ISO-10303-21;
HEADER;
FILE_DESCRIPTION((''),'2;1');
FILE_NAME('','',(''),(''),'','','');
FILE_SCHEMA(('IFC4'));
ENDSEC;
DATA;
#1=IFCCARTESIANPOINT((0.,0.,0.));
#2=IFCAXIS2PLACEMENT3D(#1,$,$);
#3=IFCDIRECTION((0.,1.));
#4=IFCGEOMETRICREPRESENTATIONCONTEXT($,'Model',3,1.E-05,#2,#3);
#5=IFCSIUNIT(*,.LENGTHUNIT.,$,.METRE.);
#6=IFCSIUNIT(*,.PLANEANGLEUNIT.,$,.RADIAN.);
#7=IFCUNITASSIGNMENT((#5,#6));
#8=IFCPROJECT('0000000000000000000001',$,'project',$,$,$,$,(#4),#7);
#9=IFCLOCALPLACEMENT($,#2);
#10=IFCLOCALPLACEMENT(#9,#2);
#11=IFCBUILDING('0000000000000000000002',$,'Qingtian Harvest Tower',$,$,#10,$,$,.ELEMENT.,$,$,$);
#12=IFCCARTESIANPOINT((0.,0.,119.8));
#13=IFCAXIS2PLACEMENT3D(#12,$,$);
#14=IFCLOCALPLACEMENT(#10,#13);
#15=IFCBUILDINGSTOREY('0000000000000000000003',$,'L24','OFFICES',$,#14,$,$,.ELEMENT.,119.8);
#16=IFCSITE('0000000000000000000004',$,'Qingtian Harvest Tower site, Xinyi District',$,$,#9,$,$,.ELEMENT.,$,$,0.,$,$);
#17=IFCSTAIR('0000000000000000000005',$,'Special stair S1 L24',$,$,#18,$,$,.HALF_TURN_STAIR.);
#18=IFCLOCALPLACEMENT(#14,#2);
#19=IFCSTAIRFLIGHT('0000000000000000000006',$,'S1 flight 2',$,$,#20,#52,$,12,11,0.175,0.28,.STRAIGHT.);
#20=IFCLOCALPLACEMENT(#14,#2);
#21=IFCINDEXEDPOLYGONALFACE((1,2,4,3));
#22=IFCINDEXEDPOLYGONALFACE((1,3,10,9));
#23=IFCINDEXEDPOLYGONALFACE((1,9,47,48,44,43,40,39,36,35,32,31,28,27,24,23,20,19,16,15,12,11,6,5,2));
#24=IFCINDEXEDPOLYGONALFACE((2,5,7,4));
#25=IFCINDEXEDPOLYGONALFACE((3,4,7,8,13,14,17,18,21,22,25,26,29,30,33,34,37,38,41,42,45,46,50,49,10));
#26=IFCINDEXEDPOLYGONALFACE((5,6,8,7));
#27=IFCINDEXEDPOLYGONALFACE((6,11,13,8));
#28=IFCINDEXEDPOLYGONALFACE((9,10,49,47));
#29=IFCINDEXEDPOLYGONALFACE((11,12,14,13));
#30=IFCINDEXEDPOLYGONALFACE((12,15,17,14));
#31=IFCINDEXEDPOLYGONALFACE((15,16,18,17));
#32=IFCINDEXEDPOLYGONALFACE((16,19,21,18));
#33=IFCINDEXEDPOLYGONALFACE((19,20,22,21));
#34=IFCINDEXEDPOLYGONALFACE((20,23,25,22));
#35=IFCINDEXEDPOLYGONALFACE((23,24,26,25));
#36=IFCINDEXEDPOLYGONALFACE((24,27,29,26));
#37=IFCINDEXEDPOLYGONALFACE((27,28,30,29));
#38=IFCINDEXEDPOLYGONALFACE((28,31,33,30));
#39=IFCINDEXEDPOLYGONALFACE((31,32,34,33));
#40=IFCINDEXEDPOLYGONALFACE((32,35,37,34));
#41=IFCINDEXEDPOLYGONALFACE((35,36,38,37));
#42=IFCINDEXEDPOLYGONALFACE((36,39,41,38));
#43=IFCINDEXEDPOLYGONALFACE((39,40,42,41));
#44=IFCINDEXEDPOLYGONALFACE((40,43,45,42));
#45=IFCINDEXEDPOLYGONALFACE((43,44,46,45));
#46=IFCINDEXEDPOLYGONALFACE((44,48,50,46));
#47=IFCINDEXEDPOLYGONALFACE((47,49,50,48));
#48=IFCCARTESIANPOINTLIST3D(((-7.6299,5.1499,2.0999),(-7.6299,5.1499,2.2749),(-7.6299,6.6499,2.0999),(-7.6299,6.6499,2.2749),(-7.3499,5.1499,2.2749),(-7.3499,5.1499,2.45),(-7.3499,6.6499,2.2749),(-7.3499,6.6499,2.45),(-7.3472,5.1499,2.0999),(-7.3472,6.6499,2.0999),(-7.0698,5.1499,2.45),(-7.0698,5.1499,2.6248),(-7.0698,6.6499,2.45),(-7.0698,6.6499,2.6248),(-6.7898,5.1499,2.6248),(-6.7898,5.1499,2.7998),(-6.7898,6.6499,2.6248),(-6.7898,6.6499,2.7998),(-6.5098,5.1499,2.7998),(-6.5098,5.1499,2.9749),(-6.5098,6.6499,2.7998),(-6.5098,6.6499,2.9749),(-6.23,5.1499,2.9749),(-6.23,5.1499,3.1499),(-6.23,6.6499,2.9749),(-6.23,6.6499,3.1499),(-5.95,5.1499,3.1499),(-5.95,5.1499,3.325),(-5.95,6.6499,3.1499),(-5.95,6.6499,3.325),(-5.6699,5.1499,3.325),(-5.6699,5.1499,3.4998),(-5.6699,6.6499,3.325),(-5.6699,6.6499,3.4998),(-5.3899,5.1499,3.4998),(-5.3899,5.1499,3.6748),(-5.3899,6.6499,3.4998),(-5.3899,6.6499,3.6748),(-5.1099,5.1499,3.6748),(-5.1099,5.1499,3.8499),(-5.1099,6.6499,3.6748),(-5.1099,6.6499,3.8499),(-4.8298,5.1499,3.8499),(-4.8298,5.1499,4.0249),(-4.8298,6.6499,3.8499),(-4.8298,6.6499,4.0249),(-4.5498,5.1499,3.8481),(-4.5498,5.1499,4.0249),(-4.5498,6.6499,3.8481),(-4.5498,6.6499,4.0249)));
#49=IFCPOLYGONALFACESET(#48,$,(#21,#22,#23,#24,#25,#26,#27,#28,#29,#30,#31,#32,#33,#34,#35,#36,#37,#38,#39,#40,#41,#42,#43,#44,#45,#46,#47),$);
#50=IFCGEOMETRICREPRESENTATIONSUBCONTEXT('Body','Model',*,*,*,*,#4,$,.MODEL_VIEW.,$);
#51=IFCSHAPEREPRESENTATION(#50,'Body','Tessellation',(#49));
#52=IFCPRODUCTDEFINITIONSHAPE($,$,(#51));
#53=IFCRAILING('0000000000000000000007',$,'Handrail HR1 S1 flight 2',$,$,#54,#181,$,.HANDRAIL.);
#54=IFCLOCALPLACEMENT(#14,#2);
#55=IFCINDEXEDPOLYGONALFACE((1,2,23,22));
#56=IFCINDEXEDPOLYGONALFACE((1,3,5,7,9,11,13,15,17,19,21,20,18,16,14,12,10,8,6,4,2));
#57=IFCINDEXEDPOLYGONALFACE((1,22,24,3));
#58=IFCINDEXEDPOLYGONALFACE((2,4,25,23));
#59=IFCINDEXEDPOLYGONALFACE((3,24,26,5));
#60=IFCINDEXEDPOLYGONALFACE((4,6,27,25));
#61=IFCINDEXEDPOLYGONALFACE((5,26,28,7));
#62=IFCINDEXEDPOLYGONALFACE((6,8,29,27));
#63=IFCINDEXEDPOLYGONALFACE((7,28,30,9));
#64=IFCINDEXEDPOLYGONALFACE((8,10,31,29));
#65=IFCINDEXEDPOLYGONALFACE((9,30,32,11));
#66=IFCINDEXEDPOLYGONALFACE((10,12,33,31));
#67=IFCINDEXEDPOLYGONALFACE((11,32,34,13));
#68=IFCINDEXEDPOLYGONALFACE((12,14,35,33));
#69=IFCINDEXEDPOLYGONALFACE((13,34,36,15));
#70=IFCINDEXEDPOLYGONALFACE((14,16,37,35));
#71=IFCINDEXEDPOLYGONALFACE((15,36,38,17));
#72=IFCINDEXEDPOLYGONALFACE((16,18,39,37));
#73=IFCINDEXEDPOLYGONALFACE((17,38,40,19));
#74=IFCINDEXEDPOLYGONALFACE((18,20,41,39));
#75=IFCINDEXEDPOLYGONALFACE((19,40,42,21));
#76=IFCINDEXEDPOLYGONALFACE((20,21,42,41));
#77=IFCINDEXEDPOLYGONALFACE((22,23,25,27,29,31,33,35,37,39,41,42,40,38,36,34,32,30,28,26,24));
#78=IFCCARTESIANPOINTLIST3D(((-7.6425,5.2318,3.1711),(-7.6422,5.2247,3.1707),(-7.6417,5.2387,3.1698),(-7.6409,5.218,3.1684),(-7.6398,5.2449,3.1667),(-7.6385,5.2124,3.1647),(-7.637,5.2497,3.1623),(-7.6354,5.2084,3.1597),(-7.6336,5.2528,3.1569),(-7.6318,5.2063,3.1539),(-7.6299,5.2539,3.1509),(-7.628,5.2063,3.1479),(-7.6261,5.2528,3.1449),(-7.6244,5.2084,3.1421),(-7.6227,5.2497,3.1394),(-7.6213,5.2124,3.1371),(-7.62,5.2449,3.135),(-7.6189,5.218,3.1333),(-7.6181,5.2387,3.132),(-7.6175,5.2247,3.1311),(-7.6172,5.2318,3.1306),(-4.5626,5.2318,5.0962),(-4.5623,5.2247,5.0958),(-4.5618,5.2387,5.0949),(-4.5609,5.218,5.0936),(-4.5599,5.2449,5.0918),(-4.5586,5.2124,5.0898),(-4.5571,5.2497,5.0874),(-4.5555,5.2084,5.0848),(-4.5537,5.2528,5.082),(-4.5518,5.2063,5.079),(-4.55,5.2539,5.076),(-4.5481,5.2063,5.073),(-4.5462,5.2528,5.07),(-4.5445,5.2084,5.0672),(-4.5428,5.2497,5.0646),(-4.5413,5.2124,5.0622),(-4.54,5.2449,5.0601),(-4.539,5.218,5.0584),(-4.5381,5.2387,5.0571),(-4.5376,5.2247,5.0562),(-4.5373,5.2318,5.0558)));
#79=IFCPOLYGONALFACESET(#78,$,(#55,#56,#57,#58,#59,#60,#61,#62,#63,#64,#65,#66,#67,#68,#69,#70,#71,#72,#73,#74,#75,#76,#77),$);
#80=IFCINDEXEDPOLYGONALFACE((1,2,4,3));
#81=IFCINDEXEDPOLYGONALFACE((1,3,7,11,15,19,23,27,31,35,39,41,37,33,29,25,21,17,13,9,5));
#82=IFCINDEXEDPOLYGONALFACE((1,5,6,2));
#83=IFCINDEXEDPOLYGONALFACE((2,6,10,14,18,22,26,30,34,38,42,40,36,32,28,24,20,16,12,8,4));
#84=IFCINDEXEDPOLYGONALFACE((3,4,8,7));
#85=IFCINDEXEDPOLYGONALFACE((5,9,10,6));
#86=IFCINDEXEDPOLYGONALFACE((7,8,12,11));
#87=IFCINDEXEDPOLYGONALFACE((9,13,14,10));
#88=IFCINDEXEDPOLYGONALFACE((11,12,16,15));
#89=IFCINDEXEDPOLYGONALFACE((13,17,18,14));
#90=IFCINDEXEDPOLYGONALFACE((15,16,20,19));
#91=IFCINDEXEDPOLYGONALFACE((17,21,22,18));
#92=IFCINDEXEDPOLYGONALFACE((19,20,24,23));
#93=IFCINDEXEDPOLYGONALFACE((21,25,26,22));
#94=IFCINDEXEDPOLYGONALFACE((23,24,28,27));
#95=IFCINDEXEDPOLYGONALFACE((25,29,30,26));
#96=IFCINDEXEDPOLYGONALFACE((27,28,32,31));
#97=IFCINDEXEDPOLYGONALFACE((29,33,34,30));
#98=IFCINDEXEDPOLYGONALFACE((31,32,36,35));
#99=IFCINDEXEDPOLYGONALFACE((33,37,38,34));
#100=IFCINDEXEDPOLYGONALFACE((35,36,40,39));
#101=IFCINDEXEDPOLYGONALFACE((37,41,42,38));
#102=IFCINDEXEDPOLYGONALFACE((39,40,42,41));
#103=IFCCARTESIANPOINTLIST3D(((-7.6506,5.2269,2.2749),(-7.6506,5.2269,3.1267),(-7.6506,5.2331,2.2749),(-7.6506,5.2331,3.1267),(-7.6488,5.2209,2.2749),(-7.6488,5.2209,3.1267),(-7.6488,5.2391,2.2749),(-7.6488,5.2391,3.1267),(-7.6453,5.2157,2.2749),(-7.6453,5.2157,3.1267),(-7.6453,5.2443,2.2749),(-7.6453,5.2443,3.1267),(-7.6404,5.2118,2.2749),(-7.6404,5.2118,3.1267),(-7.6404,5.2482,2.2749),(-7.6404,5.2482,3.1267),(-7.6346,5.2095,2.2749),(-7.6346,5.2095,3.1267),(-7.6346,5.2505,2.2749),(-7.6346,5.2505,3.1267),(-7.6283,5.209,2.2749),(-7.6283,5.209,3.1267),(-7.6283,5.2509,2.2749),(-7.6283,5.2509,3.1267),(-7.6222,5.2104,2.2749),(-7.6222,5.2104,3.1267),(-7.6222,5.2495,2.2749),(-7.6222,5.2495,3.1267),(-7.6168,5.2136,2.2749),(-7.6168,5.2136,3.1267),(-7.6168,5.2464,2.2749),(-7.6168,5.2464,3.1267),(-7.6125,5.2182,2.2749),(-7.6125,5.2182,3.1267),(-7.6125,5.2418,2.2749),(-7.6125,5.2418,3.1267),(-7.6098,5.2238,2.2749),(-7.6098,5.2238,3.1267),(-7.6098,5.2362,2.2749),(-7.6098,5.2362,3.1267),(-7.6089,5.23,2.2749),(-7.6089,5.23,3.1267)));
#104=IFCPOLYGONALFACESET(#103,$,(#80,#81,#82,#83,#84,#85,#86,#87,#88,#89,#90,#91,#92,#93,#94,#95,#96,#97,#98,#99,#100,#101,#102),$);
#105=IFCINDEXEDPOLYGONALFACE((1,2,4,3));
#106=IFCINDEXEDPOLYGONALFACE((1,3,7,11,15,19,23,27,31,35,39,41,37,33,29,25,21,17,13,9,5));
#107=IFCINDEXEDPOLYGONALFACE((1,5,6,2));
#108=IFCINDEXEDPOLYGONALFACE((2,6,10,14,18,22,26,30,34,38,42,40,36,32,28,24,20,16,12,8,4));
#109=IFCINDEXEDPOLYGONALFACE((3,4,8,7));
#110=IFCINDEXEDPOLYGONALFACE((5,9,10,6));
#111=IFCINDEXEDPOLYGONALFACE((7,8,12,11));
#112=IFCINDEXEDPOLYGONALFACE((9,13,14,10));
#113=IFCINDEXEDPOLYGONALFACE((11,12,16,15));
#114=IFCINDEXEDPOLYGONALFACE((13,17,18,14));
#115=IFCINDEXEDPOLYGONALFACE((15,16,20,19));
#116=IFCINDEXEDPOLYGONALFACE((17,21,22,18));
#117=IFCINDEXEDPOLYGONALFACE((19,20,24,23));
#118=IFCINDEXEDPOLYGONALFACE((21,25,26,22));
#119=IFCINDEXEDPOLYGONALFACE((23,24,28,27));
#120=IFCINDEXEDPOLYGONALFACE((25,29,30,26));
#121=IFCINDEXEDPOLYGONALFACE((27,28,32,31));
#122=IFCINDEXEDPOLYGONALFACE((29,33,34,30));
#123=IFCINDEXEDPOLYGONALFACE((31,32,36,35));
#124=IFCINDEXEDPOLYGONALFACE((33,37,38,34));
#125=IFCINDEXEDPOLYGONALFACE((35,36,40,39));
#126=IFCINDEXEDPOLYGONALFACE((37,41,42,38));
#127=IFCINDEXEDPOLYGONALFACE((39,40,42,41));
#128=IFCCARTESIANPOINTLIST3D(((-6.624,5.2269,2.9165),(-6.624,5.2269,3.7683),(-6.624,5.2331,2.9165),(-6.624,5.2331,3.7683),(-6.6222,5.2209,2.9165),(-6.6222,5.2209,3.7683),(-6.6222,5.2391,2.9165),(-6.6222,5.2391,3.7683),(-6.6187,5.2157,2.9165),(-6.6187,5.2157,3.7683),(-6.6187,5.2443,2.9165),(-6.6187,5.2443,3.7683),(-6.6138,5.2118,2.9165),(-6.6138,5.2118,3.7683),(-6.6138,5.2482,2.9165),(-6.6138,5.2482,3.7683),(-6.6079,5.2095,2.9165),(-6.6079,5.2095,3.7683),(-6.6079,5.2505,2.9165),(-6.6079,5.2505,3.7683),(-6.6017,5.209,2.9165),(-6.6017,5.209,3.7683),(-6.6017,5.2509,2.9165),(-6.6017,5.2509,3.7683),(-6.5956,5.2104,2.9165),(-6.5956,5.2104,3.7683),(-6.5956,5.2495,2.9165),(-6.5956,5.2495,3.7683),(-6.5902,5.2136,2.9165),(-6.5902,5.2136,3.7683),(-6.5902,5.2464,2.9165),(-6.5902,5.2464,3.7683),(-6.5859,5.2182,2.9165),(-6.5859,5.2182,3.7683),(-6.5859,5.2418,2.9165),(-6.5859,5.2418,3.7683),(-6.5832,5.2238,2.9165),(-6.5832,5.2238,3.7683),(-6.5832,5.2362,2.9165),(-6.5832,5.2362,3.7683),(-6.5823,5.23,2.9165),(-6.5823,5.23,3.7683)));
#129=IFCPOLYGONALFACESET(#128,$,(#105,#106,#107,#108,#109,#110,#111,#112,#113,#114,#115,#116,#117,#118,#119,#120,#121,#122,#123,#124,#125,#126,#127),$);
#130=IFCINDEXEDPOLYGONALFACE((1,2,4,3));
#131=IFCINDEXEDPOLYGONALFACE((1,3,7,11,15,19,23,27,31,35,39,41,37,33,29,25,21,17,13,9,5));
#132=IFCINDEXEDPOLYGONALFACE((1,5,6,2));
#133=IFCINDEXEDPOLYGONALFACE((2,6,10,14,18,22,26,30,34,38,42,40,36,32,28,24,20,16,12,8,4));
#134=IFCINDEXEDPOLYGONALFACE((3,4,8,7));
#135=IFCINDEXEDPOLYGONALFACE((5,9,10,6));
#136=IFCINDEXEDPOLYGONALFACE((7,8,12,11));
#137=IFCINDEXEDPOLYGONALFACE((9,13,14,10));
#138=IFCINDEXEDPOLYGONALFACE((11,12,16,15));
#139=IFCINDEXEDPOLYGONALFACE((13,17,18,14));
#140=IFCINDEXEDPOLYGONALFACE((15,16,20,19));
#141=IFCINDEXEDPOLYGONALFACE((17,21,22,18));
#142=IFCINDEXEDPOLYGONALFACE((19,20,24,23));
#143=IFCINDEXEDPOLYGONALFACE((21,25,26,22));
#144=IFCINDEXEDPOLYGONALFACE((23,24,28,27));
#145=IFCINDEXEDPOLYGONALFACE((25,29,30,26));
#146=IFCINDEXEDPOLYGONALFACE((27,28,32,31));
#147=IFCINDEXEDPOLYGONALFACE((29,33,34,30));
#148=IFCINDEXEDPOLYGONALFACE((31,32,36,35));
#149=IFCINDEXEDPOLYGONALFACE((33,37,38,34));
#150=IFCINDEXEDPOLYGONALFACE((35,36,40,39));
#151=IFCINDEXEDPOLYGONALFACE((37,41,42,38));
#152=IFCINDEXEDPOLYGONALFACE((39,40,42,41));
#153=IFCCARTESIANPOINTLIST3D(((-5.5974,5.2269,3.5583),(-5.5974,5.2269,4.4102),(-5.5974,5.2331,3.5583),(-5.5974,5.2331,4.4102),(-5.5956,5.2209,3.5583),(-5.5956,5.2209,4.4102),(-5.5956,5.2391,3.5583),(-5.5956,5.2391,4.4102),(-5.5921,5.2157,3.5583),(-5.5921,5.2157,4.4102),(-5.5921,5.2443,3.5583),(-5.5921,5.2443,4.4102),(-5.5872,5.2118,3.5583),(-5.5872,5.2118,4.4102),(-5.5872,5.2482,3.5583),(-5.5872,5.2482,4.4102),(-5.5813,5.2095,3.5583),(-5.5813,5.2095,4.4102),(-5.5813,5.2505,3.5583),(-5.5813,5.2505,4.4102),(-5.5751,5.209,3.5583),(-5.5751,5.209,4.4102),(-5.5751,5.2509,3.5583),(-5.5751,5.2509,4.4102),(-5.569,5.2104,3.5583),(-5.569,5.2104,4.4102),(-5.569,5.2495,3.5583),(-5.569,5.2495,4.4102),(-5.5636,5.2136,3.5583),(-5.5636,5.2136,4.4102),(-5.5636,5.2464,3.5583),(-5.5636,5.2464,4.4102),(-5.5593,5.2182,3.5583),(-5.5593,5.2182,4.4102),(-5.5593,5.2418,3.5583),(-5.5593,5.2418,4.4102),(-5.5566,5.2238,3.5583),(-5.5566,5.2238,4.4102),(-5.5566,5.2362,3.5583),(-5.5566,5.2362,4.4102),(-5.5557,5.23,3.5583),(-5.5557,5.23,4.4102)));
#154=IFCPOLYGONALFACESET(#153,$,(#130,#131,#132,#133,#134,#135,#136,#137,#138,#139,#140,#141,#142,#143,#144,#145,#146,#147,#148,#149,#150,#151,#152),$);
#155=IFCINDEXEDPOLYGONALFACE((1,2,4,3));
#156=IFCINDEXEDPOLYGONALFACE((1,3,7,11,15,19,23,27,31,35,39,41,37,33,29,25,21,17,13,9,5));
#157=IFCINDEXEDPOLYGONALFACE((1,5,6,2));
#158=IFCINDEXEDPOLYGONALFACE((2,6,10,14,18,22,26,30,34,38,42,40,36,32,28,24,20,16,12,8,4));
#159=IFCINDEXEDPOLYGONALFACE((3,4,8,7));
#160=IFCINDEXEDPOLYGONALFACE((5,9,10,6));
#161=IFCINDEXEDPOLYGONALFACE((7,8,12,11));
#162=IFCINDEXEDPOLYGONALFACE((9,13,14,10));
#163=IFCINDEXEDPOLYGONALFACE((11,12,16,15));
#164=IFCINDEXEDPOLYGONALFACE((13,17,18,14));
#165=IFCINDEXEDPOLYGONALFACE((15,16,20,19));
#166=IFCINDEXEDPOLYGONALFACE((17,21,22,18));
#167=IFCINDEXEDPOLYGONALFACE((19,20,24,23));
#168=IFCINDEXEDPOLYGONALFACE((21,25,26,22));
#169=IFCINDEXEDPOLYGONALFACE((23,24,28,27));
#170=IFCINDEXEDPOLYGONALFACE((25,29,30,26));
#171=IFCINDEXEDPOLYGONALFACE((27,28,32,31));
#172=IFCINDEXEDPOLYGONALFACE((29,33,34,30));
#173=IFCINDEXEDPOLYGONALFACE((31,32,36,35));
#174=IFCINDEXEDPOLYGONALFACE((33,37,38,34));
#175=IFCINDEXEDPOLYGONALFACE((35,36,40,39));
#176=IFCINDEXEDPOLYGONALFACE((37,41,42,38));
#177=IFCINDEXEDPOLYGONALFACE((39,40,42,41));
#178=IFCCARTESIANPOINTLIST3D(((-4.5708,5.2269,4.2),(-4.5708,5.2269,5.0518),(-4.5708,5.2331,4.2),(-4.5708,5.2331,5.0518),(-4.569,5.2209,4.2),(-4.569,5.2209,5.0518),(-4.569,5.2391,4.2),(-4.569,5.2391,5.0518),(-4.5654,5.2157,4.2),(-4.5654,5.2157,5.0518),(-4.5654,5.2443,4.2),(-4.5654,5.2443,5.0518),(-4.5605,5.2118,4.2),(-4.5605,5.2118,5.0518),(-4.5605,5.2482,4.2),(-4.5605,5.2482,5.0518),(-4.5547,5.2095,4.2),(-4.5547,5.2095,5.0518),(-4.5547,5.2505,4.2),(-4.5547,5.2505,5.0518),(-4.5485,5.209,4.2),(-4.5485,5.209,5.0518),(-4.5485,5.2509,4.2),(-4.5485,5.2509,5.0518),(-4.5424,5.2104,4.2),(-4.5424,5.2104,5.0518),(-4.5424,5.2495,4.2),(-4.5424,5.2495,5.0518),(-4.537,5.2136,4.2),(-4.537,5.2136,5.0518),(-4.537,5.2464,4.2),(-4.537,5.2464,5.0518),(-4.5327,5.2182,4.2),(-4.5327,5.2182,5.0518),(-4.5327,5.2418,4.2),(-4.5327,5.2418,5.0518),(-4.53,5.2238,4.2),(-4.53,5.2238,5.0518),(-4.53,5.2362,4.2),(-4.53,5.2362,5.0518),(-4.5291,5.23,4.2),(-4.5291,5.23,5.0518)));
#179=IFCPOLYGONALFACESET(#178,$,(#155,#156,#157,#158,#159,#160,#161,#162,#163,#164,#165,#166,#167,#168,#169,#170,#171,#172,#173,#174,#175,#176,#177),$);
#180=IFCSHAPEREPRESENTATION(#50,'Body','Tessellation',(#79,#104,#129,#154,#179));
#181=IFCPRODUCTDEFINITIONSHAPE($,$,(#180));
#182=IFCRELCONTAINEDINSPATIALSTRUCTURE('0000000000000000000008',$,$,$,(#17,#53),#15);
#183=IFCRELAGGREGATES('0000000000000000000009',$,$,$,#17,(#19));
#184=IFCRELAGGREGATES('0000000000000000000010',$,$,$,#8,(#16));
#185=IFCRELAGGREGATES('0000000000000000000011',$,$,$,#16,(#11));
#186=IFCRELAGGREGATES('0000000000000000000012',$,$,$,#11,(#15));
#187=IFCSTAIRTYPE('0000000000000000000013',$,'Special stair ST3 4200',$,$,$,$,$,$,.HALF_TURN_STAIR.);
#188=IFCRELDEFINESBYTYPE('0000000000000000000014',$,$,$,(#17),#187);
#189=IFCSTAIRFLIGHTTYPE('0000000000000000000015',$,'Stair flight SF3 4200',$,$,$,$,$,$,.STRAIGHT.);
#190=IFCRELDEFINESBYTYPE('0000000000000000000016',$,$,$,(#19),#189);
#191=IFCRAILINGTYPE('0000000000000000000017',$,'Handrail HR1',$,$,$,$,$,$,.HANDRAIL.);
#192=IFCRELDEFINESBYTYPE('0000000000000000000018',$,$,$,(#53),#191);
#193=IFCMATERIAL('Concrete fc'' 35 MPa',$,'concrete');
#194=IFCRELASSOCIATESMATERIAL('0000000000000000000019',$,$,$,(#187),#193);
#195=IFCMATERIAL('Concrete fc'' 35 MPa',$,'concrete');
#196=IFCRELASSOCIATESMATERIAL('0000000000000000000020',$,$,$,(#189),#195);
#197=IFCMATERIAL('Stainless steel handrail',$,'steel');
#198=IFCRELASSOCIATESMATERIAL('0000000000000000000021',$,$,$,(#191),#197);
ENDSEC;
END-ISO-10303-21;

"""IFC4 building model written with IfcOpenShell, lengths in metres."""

from ifc_helpers import new_model, si_unit, direction, frame, origin, origin_2d, place, context, subcontext, project, spatial, polyline, circle, outline, extrude, material, type_object, element, aggregate, save


model = new_model("IFC4")

# Units and contexts
model_context = context("Model", 3, precision=1e-05, world=origin(), true_north=direction((0.0, 1.0)))
body_context = subcontext(model_context, "Body", "Model", "MODEL_VIEW")
ifc_project = project(units=[si_unit("LENGTHUNIT", "METRE"), si_unit("PLANEANGLEUNIT", "RADIAN")], contexts=[model_context])

# Site, building, storey
site_placement = place(None, origin())
site = spatial("IfcSite", under=ifc_project, at=site_placement, Name="Qingtian Harvest Tower site, Xinyi District", CompositionType="ELEMENT", RefElevation=0.0)
building_placement = place(site_placement, origin())
building = spatial("IfcBuilding", under=site, at=building_placement, Name="Qingtian Harvest Tower", CompositionType="ELEMENT")
storey_placement = place(building_placement, frame((0.0, 0.0, 119.8)))
storey = spatial("IfcBuildingStorey", under=building, at=storey_placement, Name="L24", Description="OFFICES", CompositionType="ELEMENT", Elevation=119.8)

# Stair, stair flight
ifc_material_1 = material(Name="Concrete fc' 35 MPa", Category="concrete")
stair_type = type_object("IfcStairType", Name="Special stair ST3 4200", PredefinedType="HALF_TURN_STAIR", material=ifc_material_1)
stair_placement = place(storey_placement, origin())
stair = element("IfcStair", 1, at=stair_placement, inside=storey, type_object=stair_type, Name="Special stair S1 L24", PredefinedType="HALF_TURN_STAIR")
ifc_material_2 = material(Name="Concrete fc' 35 MPa", Category="concrete")
stair_flight_type = type_object("IfcStairFlightType", Name="Stair flight SF3 4200", PredefinedType="STRAIGHT", material=ifc_material_2)
stair_flight_placement = place(storey_placement, frame((-7.6299, 5.8999, 2.0999), z_axis=(0.0, 0.0, 1.0), x_axis=(1.0, 0.0, 0.0)))
stair_flight = element("IfcStairFlight", 2, at=stair_flight_placement, type_object=stair_flight_type, Name="S1 flight 2", NumberOfRisers=12, NumberOfTreads=11, PredefinedType="STRAIGHT", RiserHeight=0.175, TreadLength=0.28, context=body_context, shape_type="SweptSolid", body=[
    extrude(outline(polyline([(0.0, 0.0), (0.0, 0.175), (0.28, 0.175), (0.28, 0.3501), (0.5601, 0.3501), (0.5601, 0.5249), (0.8401, 0.5249), (0.8401, 0.7), (1.1201, 0.7), (1.1201, 0.875), (1.3999, 0.875), (1.3999, 1.05), (1.6799, 1.05), (1.6799, 1.2251), (1.96, 1.2251), (1.96, 1.3999), (2.24, 1.3999), (2.24, 1.575), (2.52, 1.575), (2.52, 1.75), (2.8, 1.75), (2.8, 1.925), (3.0801, 1.925), (3.0801, 2.1001), (3.0801, 1.7483), (0.2827, 0.0), (0.0, 0.0)])), frame((0.0, 0.75, 0.0), z_axis=(0.0, -1.0, 0.0), x_axis=(1.0, 0.0, 0.0)), (0.0, 0.0, 1.0), 1.5),
])
aggregate(stair, [stair_flight])

# Railing
ifc_material_3 = material(Name="Stainless steel handrail", Category="steel")
railing_type = type_object("IfcRailingType", Name="Handrail HR1", PredefinedType="HANDRAIL", material=ifc_material_3)
railing_placement = place(storey_placement, frame((-7.6299, 5.23, 2.2749)))
element("IfcRailing", 3, at=railing_placement, inside=storey, type_object=railing_type, Name="Handrail HR1 S1 flight 2", PredefinedType="HANDRAIL", context=body_context, shape_type="SweptSolid", body=[
    extrude(circle(Radius=0.0239, at=origin_2d()), frame((0.0, 0.0, 0.876), z_axis=(0.847979, 0.0, 0.530029), x_axis=(0.0, 1.0, 0.0)), (0.0, 0.0, 1.0), 3.6321),
    extrude(circle(Radius=0.021, at=origin_2d()), origin(), (0.0, 0.0, 1.0), 0.8518),
    extrude(circle(Radius=0.021, at=origin_2d()), frame((1.0266, 0.0, 0.6416)), (0.0, 0.0, 1.0), 0.8518),
    extrude(circle(Radius=0.021, at=origin_2d()), frame((2.0532, 0.0, 1.2834)), (0.0, 0.0, 1.0), 0.8518),
    extrude(circle(Radius=0.021, at=origin_2d()), frame((3.0798, 0.0, 1.925)), (0.0, 0.0, 1.0), 0.8518),
])

save(model, "model.ifc")
